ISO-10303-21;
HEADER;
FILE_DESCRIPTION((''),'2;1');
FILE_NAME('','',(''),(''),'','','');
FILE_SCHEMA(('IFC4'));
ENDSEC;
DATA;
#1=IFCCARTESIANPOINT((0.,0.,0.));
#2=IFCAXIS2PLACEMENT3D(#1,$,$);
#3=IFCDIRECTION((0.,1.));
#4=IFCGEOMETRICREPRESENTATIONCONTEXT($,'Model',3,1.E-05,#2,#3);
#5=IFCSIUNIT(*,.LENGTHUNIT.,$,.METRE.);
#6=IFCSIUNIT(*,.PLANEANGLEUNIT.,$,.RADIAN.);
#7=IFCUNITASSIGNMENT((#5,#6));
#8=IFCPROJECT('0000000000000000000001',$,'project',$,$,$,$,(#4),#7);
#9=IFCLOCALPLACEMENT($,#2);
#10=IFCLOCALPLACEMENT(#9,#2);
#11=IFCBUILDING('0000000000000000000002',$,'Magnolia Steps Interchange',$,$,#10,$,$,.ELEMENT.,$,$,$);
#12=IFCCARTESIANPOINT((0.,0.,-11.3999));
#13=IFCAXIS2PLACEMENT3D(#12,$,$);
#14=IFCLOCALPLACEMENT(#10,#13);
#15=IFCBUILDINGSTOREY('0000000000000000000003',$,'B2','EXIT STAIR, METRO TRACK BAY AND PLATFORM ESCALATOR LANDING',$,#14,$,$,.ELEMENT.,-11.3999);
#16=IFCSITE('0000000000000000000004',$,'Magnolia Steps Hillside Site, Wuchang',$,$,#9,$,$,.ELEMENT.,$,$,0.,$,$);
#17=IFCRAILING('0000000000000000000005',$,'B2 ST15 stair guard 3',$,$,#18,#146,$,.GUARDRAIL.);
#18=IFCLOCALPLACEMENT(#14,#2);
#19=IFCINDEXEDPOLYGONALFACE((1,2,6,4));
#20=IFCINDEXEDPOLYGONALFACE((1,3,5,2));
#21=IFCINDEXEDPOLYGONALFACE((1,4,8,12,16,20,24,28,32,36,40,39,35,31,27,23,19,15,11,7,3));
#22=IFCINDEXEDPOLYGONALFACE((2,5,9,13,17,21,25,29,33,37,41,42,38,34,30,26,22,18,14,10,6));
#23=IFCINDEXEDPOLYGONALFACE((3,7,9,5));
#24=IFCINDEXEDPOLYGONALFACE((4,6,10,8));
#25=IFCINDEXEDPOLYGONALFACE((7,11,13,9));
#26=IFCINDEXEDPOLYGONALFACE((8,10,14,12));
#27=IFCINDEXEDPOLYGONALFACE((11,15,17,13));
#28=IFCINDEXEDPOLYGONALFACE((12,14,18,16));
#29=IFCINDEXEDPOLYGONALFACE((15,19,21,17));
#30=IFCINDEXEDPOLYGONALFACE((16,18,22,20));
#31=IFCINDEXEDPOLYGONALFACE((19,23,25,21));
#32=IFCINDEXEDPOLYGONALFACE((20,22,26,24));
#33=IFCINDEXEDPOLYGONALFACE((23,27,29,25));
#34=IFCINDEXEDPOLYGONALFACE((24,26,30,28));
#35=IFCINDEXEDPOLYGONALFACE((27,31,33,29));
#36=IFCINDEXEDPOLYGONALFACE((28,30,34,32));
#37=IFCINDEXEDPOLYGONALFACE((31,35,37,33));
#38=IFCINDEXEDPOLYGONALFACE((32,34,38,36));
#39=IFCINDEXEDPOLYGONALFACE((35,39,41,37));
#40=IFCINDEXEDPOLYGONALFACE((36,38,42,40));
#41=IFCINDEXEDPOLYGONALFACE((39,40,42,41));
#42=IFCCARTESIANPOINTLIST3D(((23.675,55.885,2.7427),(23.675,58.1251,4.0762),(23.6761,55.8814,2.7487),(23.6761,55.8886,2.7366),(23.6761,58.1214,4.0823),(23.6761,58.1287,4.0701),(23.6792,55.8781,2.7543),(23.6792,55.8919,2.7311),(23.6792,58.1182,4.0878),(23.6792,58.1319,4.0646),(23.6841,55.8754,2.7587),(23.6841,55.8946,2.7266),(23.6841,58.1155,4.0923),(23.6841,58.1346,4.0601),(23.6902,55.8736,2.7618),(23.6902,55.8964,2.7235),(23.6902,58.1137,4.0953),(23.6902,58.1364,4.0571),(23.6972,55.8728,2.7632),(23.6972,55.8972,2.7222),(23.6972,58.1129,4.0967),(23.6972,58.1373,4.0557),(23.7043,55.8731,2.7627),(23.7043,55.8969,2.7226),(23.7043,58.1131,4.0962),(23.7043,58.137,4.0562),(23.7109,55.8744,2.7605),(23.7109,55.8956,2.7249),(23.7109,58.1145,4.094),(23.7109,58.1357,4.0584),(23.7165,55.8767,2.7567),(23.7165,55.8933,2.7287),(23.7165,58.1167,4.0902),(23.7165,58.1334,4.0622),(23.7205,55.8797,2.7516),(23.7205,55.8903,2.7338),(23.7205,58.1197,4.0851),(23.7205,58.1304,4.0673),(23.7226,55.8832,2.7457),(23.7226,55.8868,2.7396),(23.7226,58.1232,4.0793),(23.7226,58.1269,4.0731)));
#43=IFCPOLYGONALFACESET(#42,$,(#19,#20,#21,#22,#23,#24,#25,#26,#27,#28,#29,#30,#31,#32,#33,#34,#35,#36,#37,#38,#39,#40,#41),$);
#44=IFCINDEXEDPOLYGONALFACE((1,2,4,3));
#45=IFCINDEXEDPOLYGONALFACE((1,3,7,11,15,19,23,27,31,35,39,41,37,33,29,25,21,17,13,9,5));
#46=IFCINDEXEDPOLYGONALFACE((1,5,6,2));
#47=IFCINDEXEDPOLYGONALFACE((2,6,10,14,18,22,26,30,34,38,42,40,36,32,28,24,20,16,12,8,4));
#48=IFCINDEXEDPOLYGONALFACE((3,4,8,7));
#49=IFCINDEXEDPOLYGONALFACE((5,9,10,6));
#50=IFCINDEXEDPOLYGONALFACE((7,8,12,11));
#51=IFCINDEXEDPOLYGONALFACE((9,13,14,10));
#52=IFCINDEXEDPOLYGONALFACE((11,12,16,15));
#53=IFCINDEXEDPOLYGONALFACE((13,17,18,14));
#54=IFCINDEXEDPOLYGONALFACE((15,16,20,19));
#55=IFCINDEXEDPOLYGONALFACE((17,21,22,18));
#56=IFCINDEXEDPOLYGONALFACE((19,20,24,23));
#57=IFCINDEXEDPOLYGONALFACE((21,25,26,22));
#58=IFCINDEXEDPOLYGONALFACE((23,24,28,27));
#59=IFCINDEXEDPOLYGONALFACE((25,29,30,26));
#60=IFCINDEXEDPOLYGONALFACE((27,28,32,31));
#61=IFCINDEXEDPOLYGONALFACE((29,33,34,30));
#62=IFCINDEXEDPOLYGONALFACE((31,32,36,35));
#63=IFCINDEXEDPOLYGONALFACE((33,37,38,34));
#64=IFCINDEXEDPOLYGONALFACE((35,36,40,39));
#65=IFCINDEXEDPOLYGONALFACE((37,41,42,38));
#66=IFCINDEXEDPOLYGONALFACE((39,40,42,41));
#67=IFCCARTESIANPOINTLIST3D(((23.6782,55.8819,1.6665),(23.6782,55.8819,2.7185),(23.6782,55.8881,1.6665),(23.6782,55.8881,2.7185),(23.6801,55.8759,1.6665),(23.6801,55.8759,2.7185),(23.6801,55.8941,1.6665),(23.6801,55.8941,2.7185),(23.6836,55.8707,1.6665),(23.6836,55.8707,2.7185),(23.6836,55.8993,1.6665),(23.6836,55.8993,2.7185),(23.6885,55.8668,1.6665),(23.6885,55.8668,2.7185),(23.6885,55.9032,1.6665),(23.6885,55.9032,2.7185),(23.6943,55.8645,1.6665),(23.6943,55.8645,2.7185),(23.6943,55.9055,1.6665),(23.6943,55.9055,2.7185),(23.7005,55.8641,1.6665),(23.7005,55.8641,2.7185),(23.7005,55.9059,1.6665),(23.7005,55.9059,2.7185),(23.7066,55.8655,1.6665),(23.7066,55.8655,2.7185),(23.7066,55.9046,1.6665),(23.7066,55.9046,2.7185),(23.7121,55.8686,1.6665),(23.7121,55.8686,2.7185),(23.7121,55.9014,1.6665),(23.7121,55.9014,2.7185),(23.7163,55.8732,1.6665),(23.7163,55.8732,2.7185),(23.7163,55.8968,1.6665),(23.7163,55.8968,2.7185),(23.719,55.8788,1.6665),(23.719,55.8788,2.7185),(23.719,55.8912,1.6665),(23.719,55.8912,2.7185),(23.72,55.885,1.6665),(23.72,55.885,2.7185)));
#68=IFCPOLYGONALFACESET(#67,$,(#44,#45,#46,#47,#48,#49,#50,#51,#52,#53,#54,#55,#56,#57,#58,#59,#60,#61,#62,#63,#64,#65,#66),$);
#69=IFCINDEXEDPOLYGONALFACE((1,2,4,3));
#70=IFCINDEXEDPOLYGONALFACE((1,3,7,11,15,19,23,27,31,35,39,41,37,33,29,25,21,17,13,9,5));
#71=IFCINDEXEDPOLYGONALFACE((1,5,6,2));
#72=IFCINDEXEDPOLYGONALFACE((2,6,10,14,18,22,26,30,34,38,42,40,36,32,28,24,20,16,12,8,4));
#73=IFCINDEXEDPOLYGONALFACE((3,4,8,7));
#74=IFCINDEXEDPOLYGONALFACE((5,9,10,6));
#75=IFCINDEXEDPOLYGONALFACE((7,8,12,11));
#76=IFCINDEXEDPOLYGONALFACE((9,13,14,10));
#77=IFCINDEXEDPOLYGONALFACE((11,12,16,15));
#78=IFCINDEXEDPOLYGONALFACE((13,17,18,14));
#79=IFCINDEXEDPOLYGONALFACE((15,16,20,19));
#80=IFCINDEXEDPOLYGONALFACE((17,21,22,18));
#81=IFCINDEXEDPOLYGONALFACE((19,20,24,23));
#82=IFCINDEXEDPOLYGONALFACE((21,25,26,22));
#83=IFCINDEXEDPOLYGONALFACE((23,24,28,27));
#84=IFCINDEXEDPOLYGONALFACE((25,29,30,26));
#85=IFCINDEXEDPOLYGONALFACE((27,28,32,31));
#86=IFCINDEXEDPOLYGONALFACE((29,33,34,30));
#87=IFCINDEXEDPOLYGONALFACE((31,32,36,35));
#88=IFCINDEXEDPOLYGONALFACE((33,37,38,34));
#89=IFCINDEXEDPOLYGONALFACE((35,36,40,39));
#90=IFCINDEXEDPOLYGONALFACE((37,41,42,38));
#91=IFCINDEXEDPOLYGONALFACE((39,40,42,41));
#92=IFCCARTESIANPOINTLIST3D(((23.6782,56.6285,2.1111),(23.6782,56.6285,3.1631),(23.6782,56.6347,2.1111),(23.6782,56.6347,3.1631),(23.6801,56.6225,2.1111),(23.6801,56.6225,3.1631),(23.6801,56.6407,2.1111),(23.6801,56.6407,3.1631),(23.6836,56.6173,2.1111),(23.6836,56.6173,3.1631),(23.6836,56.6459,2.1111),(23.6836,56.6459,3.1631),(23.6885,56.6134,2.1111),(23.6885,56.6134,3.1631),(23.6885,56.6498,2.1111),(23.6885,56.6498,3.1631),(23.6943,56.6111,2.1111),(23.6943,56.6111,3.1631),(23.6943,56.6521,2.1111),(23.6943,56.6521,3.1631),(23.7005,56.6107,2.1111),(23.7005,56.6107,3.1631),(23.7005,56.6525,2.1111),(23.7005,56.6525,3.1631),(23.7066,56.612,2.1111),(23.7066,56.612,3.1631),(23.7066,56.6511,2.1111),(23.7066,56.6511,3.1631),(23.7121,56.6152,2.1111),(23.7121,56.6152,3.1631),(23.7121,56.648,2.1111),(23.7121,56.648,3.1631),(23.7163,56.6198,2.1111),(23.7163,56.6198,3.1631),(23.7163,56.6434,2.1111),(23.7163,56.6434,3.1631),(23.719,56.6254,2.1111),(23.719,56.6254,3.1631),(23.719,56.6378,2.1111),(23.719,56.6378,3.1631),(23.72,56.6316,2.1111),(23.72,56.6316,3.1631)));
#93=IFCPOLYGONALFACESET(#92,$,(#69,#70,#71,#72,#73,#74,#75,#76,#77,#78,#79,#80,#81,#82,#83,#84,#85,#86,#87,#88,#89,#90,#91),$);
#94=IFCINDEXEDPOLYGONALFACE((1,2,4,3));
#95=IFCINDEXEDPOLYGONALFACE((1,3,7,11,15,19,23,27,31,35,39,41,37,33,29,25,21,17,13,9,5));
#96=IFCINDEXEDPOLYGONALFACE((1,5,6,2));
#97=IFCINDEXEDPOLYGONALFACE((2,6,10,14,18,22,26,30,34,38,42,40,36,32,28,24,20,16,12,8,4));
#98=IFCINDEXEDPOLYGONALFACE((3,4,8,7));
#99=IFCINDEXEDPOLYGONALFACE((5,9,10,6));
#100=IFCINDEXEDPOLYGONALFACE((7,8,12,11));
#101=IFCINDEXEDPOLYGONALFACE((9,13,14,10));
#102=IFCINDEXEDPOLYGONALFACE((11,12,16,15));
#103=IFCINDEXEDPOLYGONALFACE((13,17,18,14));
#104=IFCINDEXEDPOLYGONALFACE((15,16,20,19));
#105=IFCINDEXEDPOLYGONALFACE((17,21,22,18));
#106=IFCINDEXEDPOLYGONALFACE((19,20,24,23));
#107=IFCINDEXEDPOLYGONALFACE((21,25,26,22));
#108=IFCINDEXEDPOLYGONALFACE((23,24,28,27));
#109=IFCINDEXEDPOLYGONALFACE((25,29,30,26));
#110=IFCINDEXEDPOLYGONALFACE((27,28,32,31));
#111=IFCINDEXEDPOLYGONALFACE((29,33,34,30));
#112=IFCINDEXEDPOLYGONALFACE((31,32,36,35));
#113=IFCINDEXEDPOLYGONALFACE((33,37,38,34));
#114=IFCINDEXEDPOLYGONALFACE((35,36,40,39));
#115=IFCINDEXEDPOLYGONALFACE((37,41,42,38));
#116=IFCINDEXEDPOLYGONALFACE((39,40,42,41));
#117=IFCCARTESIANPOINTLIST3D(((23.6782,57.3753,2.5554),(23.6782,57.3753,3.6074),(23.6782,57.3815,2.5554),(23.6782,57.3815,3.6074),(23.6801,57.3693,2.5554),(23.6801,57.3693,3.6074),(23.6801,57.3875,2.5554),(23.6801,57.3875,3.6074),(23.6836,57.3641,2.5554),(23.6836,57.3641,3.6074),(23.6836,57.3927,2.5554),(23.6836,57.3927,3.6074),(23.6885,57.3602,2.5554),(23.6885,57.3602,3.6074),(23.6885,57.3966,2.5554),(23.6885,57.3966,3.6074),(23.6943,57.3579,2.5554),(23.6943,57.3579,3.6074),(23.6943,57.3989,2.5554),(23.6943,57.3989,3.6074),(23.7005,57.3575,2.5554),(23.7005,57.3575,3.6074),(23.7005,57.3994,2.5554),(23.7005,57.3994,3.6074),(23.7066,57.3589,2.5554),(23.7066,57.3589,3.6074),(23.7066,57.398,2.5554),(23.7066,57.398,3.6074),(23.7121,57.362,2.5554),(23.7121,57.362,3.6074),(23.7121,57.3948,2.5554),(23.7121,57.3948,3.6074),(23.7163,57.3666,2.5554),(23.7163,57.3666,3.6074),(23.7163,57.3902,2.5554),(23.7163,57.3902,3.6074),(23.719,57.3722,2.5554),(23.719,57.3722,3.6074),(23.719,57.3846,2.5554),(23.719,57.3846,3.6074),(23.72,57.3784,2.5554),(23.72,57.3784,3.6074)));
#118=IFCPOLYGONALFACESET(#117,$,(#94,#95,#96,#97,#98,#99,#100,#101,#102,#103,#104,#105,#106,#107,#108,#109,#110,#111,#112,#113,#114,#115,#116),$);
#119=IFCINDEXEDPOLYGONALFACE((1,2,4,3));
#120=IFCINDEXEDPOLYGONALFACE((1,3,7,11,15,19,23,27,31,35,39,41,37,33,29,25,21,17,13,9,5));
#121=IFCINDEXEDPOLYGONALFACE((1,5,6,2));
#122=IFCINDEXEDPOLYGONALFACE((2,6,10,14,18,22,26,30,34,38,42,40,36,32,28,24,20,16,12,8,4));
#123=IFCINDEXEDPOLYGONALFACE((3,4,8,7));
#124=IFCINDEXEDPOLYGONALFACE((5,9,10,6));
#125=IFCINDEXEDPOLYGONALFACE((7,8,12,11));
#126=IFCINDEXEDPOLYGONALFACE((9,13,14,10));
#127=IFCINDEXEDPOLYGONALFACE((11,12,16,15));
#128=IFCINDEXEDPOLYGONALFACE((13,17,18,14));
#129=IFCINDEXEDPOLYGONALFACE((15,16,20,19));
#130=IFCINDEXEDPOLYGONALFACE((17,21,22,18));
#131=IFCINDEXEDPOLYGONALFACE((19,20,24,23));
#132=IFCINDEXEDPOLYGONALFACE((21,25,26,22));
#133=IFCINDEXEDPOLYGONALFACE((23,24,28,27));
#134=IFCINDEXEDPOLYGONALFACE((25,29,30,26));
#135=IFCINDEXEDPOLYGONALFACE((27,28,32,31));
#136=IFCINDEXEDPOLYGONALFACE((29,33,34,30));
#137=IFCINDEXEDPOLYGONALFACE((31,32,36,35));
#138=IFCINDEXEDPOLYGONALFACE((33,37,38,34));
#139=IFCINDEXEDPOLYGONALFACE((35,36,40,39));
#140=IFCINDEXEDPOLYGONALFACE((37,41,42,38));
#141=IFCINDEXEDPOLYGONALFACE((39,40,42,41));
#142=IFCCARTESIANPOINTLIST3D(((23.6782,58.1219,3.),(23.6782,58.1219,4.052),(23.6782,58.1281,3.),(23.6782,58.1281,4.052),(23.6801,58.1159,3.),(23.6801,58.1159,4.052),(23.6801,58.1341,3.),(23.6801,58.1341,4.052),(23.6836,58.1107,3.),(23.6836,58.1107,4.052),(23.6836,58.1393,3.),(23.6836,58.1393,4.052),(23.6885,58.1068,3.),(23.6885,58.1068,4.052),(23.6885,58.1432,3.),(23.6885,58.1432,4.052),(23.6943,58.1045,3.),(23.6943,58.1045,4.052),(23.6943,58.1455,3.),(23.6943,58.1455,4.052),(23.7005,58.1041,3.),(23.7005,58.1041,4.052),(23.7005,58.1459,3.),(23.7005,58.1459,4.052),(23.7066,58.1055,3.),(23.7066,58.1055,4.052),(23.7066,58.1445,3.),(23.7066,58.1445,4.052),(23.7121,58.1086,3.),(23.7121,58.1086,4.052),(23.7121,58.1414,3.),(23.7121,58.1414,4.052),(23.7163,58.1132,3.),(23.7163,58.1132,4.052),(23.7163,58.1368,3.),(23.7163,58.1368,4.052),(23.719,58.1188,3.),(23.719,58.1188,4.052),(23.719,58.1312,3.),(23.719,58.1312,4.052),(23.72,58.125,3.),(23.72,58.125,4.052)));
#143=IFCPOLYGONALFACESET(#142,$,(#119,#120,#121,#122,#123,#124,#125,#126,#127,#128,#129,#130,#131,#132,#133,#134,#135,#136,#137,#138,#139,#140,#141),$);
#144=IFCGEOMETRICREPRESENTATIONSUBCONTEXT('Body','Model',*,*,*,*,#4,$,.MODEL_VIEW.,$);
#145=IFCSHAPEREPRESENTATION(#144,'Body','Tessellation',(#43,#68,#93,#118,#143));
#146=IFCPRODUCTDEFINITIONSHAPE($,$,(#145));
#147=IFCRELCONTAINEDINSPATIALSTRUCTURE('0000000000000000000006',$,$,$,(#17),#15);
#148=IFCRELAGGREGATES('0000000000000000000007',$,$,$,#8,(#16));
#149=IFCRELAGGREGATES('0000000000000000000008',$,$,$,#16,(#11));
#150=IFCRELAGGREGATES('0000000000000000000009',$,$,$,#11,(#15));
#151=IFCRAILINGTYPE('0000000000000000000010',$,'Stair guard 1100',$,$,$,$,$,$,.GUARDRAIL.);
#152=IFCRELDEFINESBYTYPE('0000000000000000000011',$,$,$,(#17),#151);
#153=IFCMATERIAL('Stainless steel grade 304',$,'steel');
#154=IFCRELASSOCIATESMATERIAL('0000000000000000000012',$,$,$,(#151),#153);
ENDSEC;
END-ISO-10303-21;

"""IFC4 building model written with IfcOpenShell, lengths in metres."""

from ifc_helpers import new_model, si_unit, direction, frame, origin, origin_2d, place, context, subcontext, project, spatial, circle, extrude, material, type_object, element, save


model = new_model("IFC4")

# Units and contexts
model_context = context("Model", 3, precision=1e-05, world=origin(), true_north=direction((0.0, 1.0)))
body_context = subcontext(model_context, "Body", "Model", "MODEL_VIEW")
ifc_project = project(units=[si_unit("LENGTHUNIT", "METRE"), si_unit("PLANEANGLEUNIT", "RADIAN")], contexts=[model_context])

# Site, building, storey
site_placement = place(None, origin())
site = spatial("IfcSite", under=ifc_project, at=site_placement, Name="Magnolia Steps Hillside Site, Wuchang", CompositionType="ELEMENT", RefElevation=0.0)
building_placement = place(site_placement, origin())
building = spatial("IfcBuilding", under=site, at=building_placement, Name="Magnolia Steps Interchange", CompositionType="ELEMENT")
storey_placement = place(building_placement, frame((0.0, 0.0, -11.3999)))
storey = spatial("IfcBuildingStorey", under=building, at=storey_placement, Name="B2", Description="EXIT STAIR, METRO TRACK BAY AND PLATFORM ESCALATOR LANDING", CompositionType="ELEMENT", Elevation=-11.3999)

# Railing
ifc_material_1 = material(Name="Stainless steel grade 304", Category="steel")
railing_type_1 = type_object("IfcRailingType", Name="Stair guard 1100", PredefinedType="GUARDRAIL", material=ifc_material_1)
railing_1_placement = place(storey_placement, frame((23.699, 55.885, 1.6665)))
element("IfcRailing", 1, at=railing_1_placement, inside=storey, type_object=railing_type_1, Name="B2 ST15 stair guard 3", PredefinedType="GUARDRAIL", context=body_context, shape_type="SweptSolid", body=[
    extrude(circle(Radius=0.0239, at=origin_2d()), frame((0.0, 0.0, 1.0762), z_axis=(0.0, 0.859264, 0.511532), x_axis=(-1.0, 0.0, 0.0)), (0.0, 0.0, 1.0), 2.6069),
    extrude(circle(Radius=0.021, at=origin_2d()), origin(), (0.0, 0.0, 1.0), 1.052),
    extrude(circle(Radius=0.021, at=origin_2d()), frame((0.0, 0.7466, 0.4446)), (0.0, 0.0, 1.0), 1.052),
    extrude(circle(Radius=0.021, at=origin_2d()), frame((0.0, 1.4934, 0.8889)), (0.0, 0.0, 1.0), 1.052),
    extrude(circle(Radius=0.021, at=origin_2d()), frame((0.0, 2.24, 1.3335)), (0.0, 0.0, 1.0), 1.052),
])

save(model, "model.ifc")
